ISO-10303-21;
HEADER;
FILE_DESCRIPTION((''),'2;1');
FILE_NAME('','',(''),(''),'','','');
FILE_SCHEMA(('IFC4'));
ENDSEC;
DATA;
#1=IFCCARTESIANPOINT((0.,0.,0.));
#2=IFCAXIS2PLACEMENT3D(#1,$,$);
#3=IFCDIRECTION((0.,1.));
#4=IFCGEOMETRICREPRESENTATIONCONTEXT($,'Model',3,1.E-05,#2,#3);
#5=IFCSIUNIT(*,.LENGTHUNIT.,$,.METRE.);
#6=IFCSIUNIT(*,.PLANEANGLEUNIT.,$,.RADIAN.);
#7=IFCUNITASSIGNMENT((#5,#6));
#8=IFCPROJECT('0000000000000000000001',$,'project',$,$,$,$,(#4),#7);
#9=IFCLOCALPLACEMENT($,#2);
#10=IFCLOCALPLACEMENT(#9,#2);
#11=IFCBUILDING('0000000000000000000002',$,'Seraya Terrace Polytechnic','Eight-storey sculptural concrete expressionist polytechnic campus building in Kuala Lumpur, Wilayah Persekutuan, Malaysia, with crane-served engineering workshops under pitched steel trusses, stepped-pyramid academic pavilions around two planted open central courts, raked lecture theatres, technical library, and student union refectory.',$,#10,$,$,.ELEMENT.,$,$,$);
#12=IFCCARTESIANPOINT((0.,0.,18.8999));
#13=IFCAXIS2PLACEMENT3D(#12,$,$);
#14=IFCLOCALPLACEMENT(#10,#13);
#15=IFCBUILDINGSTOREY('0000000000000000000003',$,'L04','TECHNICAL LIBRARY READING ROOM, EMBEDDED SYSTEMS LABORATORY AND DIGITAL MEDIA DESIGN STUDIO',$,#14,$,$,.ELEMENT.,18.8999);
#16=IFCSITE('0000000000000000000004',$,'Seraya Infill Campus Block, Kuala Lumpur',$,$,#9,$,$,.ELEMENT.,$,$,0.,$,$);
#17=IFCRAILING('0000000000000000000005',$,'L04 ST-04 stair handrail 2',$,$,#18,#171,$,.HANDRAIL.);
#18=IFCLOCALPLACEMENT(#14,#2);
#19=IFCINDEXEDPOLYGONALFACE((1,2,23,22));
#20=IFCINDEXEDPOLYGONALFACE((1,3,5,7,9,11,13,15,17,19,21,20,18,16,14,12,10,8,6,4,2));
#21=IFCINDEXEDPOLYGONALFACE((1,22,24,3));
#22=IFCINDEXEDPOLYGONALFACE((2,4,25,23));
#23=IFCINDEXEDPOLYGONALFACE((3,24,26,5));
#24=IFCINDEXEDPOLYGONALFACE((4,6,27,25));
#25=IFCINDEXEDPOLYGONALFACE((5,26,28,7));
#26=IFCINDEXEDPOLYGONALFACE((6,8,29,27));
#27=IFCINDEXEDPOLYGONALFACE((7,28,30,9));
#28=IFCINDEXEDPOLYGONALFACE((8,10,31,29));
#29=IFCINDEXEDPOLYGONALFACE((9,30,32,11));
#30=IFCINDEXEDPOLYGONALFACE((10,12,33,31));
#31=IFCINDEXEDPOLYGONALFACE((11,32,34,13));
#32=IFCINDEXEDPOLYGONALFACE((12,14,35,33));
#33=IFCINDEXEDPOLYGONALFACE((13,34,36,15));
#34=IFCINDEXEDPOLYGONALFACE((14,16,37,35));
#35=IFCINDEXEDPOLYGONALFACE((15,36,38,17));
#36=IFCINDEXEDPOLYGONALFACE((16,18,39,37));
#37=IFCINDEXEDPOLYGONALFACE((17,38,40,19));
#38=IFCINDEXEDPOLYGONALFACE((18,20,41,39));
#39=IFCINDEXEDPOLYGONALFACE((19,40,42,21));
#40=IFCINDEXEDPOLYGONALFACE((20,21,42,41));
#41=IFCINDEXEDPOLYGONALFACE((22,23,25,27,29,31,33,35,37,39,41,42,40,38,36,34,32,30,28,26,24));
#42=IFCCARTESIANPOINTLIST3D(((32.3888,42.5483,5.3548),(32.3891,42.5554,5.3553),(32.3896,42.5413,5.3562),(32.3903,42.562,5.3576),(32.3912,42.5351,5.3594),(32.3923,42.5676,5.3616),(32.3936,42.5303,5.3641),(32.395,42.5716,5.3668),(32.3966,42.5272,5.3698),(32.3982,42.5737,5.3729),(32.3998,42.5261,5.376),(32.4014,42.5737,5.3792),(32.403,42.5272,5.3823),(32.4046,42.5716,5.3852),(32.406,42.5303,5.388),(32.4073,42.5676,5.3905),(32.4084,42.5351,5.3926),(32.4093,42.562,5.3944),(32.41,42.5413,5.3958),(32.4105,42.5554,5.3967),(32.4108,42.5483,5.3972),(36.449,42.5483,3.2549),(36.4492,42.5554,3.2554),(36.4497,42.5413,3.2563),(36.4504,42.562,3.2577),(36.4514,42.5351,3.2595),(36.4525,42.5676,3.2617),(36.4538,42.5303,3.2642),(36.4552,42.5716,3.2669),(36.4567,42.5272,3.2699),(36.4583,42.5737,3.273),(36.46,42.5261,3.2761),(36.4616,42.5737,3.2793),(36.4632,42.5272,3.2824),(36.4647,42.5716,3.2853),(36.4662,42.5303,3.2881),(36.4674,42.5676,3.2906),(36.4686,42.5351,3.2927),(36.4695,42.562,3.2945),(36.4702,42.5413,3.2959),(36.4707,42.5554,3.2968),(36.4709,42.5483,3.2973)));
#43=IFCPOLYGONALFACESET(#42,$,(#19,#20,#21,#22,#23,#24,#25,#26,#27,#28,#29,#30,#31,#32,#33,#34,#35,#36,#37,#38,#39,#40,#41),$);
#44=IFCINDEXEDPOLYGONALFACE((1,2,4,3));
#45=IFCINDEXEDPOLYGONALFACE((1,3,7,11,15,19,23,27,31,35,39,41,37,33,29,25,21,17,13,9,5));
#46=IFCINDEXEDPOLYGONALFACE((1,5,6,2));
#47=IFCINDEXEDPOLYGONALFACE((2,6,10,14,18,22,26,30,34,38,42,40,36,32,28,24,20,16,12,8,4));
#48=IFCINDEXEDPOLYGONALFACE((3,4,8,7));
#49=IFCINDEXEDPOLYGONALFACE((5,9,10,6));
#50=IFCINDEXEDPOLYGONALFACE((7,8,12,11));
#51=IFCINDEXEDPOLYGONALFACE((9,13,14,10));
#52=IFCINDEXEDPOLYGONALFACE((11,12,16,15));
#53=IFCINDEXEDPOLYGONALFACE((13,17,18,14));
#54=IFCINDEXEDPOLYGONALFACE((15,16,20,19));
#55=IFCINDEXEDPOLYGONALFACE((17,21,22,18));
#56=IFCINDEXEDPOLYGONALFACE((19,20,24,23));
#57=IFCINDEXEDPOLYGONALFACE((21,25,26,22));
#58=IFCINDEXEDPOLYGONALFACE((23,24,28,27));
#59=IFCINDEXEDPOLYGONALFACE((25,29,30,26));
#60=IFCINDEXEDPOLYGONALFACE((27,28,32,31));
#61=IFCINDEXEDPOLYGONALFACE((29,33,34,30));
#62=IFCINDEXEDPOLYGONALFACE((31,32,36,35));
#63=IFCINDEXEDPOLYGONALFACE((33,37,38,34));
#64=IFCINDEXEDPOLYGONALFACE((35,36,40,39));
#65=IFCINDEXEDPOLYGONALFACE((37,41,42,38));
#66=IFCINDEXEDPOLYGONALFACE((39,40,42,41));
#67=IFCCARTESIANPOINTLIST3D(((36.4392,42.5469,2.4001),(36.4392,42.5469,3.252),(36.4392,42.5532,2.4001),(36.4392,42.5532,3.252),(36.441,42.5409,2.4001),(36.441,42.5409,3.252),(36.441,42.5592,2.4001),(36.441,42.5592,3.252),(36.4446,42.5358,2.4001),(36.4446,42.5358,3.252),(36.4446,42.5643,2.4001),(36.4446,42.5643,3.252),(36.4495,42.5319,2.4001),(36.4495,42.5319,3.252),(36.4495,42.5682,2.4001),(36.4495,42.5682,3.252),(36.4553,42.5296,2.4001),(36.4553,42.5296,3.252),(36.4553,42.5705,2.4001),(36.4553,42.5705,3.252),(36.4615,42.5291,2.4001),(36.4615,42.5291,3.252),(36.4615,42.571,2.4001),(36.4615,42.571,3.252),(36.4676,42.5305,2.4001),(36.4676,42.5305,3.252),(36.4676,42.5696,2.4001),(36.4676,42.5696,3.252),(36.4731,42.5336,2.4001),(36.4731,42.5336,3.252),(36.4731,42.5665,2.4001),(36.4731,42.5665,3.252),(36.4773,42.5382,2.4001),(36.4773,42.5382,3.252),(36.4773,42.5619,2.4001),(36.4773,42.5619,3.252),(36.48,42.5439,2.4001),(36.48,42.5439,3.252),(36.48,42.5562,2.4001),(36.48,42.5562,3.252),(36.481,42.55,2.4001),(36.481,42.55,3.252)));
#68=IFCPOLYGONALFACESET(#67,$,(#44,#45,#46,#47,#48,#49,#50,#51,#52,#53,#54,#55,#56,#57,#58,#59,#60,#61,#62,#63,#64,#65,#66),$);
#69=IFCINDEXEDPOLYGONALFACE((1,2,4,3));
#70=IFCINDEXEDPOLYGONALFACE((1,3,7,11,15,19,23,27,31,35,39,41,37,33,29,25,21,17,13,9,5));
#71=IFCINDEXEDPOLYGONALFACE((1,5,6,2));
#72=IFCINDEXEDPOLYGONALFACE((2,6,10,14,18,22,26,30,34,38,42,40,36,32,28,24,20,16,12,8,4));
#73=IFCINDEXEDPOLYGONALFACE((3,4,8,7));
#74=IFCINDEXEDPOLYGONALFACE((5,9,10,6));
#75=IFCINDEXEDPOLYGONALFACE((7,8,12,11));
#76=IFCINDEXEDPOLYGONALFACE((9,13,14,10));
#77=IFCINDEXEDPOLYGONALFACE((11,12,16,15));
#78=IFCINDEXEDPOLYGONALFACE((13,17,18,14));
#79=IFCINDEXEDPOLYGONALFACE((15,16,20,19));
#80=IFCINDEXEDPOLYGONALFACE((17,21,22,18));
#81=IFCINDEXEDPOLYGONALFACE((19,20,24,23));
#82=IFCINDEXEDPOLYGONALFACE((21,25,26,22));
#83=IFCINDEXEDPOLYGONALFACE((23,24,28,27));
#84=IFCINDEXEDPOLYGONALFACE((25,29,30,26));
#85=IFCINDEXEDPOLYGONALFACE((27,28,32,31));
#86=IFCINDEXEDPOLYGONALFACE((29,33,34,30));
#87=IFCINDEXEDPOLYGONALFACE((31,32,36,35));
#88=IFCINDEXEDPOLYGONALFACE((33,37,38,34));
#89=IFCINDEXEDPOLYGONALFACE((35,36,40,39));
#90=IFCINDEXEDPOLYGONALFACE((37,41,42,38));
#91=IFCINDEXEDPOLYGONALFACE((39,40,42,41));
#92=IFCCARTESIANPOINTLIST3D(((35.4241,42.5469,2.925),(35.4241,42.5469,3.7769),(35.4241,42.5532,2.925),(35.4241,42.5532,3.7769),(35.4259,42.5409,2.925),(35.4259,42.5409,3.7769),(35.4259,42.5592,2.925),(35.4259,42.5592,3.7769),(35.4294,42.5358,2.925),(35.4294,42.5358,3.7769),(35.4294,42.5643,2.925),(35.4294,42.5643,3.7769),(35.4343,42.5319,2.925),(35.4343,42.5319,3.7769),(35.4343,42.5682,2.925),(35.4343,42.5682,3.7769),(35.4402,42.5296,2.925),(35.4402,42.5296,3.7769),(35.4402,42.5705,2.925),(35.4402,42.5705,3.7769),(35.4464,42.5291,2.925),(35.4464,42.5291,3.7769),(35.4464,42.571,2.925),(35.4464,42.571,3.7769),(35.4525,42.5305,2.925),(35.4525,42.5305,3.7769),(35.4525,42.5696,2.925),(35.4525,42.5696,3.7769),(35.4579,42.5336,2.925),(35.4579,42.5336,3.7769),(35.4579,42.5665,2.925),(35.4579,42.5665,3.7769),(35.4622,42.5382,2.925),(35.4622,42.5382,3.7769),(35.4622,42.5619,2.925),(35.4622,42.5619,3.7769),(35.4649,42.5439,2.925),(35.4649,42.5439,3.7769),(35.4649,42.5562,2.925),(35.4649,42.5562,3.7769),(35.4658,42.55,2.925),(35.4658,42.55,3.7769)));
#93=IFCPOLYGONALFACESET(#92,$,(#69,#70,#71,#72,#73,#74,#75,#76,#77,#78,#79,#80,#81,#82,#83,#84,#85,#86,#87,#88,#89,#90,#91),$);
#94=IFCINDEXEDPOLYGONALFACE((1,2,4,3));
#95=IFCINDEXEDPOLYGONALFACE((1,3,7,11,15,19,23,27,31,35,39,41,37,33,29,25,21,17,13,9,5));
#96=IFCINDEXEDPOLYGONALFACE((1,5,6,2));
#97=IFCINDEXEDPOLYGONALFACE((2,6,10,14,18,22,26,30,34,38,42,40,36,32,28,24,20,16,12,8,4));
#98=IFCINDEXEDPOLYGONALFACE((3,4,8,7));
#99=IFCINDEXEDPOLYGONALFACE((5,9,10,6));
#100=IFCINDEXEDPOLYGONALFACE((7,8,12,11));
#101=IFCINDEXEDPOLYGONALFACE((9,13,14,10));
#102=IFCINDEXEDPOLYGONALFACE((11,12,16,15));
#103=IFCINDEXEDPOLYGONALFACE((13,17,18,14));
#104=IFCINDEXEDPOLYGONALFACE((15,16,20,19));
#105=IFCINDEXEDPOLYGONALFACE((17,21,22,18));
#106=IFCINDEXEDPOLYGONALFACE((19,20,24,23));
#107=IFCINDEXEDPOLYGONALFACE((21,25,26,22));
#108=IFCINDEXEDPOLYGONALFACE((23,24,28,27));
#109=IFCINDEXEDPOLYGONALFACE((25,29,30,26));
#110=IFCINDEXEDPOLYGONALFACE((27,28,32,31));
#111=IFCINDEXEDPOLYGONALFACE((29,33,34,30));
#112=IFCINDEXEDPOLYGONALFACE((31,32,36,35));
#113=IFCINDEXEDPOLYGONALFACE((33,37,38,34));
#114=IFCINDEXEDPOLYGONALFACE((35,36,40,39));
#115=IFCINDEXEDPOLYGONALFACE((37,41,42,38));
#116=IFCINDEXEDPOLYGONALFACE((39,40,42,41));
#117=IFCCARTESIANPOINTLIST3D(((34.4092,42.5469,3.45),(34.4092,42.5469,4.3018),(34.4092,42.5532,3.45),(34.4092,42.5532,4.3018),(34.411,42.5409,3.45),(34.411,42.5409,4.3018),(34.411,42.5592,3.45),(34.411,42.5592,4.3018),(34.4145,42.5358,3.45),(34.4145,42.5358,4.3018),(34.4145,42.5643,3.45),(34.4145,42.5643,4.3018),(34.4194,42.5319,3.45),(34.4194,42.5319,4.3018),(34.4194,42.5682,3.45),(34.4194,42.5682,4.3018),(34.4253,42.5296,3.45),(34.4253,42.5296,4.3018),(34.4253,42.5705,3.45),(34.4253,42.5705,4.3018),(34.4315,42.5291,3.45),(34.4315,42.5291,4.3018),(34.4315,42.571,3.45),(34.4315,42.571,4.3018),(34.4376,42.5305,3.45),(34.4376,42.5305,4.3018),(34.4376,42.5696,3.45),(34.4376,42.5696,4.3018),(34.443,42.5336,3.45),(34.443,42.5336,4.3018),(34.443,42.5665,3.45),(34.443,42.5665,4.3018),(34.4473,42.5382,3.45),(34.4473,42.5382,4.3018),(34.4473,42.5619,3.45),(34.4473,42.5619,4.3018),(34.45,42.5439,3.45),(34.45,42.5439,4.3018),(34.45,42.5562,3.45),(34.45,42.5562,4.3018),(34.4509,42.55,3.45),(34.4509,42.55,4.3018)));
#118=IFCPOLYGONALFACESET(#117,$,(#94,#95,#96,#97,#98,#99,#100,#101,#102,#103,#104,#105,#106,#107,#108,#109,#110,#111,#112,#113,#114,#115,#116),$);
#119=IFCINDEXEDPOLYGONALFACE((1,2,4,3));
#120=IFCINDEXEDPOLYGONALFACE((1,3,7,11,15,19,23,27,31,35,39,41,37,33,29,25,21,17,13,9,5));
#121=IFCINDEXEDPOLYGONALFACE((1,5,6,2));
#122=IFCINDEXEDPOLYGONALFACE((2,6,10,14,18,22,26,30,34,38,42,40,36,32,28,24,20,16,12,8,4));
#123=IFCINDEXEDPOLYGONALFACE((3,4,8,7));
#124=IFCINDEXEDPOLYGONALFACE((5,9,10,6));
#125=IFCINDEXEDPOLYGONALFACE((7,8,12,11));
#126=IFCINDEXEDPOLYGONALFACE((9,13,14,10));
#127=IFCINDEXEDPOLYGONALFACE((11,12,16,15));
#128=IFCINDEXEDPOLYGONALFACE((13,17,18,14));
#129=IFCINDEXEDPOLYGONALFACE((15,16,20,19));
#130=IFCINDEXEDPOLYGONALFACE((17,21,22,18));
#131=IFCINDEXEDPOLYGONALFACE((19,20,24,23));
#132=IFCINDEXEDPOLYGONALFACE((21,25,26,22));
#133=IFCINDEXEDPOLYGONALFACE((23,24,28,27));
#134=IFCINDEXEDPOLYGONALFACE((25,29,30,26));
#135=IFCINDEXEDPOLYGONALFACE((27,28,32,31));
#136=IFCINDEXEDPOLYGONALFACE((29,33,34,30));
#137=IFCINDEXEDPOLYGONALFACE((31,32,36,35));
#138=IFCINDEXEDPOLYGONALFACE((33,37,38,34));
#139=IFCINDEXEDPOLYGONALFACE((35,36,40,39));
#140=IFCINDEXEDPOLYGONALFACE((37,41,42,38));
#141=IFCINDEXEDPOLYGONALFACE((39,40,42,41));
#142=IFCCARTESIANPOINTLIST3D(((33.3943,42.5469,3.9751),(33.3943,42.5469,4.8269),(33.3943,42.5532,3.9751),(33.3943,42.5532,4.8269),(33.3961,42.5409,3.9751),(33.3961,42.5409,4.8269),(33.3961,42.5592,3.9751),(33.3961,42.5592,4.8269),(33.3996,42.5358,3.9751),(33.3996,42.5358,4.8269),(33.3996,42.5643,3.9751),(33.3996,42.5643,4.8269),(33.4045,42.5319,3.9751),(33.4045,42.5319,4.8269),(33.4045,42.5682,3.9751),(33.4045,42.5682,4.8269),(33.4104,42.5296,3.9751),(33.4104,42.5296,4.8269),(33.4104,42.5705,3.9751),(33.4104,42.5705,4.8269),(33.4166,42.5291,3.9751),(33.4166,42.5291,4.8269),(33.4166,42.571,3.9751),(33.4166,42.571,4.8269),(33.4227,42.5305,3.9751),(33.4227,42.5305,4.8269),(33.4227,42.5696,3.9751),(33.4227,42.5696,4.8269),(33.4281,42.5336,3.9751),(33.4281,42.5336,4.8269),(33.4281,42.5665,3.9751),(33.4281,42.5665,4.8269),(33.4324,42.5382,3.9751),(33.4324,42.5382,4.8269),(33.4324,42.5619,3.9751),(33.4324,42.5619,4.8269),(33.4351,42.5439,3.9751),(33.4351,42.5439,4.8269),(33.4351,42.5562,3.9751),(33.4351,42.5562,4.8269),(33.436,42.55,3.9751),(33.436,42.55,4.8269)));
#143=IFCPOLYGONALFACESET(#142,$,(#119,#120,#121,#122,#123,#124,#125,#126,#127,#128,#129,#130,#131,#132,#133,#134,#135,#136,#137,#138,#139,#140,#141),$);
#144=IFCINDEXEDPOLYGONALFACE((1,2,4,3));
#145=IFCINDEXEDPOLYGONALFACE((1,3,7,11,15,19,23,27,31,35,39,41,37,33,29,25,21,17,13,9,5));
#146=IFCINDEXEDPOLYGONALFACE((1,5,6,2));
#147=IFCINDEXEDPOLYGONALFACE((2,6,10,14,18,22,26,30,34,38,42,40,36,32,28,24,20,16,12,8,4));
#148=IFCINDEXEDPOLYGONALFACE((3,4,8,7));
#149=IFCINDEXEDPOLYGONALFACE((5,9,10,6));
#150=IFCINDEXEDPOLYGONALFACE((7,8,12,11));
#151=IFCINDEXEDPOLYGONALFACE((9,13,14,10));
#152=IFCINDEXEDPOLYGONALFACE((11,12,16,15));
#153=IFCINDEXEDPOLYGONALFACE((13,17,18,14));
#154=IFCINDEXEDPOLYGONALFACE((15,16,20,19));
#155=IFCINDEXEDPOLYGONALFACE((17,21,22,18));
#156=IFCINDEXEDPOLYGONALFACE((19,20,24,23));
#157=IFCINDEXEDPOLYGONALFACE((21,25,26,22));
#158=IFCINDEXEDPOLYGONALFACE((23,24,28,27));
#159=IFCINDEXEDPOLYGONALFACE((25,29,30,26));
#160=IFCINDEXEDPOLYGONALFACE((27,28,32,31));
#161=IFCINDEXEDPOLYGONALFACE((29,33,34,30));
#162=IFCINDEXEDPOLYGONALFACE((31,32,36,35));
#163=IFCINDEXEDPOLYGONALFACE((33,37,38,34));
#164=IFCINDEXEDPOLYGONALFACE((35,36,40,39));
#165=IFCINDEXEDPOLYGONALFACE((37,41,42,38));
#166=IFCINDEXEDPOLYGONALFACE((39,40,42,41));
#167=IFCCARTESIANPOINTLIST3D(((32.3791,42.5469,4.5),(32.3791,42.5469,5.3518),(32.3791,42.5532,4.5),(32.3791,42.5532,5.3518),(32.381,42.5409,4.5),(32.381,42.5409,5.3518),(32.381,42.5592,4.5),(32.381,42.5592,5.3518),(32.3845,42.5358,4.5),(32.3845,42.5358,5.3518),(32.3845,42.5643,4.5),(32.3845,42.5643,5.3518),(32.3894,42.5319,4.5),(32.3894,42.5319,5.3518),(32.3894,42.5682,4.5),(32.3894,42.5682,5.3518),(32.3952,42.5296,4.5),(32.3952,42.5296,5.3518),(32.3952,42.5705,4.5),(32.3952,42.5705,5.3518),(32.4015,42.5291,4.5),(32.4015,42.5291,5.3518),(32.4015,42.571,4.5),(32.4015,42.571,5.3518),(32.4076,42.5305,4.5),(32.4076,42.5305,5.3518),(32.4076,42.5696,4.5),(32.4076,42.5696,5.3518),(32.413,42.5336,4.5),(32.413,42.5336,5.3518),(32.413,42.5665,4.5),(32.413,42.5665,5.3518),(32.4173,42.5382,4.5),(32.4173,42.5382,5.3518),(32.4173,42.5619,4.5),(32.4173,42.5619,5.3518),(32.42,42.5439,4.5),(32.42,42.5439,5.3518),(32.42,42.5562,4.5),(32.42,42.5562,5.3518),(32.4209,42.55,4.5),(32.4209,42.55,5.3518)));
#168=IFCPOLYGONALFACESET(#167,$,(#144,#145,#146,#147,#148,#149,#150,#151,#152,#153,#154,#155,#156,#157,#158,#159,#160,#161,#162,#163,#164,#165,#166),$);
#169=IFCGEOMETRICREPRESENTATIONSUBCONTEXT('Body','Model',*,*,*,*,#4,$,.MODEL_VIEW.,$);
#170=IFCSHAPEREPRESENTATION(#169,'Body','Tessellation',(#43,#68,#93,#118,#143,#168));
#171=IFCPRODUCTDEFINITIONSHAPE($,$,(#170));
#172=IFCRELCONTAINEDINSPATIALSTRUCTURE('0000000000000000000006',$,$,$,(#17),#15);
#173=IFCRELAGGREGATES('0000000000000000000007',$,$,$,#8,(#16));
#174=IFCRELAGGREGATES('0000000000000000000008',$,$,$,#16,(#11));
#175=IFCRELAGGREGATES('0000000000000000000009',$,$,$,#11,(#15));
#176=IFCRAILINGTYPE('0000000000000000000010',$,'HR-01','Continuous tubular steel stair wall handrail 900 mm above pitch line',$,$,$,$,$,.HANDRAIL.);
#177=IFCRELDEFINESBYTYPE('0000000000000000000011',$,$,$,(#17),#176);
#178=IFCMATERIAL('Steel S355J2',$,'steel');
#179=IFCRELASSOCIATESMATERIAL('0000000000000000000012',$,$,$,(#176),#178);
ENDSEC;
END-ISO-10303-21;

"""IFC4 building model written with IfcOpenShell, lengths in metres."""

from ifc_helpers import new_model, si_unit, direction, frame, origin, origin_2d, place, context, subcontext, project, spatial, circle, extrude, material, type_object, element, save


model = new_model("IFC4")

# Units and contexts
model_context = context("Model", 3, precision=1e-05, world=origin(), true_north=direction((0.0, 1.0)))
body_context = subcontext(model_context, "Body", "Model", "MODEL_VIEW")
ifc_project = project(units=[si_unit("LENGTHUNIT", "METRE"), si_unit("PLANEANGLEUNIT", "RADIAN")], contexts=[model_context])

# Site, building, storey
site_placement = place(None, origin())
site = spatial("IfcSite", under=ifc_project, at=site_placement, Name="Seraya Infill Campus Block, Kuala Lumpur", CompositionType="ELEMENT", RefElevation=0.0)
building_placement = place(site_placement, origin())
building = spatial("IfcBuilding", under=site, at=building_placement, Name="Seraya Terrace Polytechnic", Description="Eight-storey sculptural concrete expressionist polytechnic campus building in Kuala Lumpur, Wilayah Persekutuan, Malaysia, with crane-served engineering workshops under pitched steel trusses, stepped-pyramid academic pavilions around two planted open central courts, raked lecture theatres, technical library, and student union refectory.", CompositionType="ELEMENT")
storey_placement = place(building_placement, frame((0.0, 0.0, 18.8999)))
storey = spatial("IfcBuildingStorey", under=building, at=storey_placement, Name="L04", Description="TECHNICAL LIBRARY READING ROOM, EMBEDDED SYSTEMS LABORATORY AND DIGITAL MEDIA DESIGN STUDIO", CompositionType="ELEMENT", Elevation=18.8999)

# Shared definitions
ifc_material_1 = material(Name="Steel S355J2", Category="steel")

# Railing
railing_type_1 = type_object("IfcRailingType", Name="HR-01", Description="Continuous tubular steel stair wall handrail 900 mm above pitch line", PredefinedType="HANDRAIL", material=ifc_material_1)
railing_1_placement = place(storey_placement, frame((36.46, 42.55, 2.4001)))
element("IfcRailing", 1, at=railing_1_placement, inside=storey, type_object=railing_type_1, Name="L04 ST-04 stair handrail 2", PredefinedType="HANDRAIL", context=body_context, shape_type="SweptSolid", body=[
    extrude(circle(Radius=0.0239, at=origin_2d()), frame((0.0, 0.0, 0.876), z_axis=(-0.888233, 0.0, 0.459392), x_axis=(0.0, -1.0, 0.0)), (0.0, 0.0, 1.0), 4.571),
    extrude(circle(Radius=0.021, at=origin_2d()), origin(), (0.0, 0.0, 1.0), 0.8518),
    extrude(circle(Radius=0.021, at=origin_2d()), frame((-1.0151, 0.0, 0.5249)), (0.0, 0.0, 1.0), 0.8518),
    extrude(circle(Radius=0.021, at=origin_2d()), frame((-2.03, 0.0, 1.0498)), (0.0, 0.0, 1.0), 0.8518),
    extrude(circle(Radius=0.021, at=origin_2d()), frame((-3.0449, 0.0, 1.575)), (0.0, 0.0, 1.0), 0.8518),
    extrude(circle(Radius=0.021, at=origin_2d()), frame((-4.0601, 0.0, 2.0999)), (0.0, 0.0, 1.0), 0.8518),
])

save(model, "model.ifc")
